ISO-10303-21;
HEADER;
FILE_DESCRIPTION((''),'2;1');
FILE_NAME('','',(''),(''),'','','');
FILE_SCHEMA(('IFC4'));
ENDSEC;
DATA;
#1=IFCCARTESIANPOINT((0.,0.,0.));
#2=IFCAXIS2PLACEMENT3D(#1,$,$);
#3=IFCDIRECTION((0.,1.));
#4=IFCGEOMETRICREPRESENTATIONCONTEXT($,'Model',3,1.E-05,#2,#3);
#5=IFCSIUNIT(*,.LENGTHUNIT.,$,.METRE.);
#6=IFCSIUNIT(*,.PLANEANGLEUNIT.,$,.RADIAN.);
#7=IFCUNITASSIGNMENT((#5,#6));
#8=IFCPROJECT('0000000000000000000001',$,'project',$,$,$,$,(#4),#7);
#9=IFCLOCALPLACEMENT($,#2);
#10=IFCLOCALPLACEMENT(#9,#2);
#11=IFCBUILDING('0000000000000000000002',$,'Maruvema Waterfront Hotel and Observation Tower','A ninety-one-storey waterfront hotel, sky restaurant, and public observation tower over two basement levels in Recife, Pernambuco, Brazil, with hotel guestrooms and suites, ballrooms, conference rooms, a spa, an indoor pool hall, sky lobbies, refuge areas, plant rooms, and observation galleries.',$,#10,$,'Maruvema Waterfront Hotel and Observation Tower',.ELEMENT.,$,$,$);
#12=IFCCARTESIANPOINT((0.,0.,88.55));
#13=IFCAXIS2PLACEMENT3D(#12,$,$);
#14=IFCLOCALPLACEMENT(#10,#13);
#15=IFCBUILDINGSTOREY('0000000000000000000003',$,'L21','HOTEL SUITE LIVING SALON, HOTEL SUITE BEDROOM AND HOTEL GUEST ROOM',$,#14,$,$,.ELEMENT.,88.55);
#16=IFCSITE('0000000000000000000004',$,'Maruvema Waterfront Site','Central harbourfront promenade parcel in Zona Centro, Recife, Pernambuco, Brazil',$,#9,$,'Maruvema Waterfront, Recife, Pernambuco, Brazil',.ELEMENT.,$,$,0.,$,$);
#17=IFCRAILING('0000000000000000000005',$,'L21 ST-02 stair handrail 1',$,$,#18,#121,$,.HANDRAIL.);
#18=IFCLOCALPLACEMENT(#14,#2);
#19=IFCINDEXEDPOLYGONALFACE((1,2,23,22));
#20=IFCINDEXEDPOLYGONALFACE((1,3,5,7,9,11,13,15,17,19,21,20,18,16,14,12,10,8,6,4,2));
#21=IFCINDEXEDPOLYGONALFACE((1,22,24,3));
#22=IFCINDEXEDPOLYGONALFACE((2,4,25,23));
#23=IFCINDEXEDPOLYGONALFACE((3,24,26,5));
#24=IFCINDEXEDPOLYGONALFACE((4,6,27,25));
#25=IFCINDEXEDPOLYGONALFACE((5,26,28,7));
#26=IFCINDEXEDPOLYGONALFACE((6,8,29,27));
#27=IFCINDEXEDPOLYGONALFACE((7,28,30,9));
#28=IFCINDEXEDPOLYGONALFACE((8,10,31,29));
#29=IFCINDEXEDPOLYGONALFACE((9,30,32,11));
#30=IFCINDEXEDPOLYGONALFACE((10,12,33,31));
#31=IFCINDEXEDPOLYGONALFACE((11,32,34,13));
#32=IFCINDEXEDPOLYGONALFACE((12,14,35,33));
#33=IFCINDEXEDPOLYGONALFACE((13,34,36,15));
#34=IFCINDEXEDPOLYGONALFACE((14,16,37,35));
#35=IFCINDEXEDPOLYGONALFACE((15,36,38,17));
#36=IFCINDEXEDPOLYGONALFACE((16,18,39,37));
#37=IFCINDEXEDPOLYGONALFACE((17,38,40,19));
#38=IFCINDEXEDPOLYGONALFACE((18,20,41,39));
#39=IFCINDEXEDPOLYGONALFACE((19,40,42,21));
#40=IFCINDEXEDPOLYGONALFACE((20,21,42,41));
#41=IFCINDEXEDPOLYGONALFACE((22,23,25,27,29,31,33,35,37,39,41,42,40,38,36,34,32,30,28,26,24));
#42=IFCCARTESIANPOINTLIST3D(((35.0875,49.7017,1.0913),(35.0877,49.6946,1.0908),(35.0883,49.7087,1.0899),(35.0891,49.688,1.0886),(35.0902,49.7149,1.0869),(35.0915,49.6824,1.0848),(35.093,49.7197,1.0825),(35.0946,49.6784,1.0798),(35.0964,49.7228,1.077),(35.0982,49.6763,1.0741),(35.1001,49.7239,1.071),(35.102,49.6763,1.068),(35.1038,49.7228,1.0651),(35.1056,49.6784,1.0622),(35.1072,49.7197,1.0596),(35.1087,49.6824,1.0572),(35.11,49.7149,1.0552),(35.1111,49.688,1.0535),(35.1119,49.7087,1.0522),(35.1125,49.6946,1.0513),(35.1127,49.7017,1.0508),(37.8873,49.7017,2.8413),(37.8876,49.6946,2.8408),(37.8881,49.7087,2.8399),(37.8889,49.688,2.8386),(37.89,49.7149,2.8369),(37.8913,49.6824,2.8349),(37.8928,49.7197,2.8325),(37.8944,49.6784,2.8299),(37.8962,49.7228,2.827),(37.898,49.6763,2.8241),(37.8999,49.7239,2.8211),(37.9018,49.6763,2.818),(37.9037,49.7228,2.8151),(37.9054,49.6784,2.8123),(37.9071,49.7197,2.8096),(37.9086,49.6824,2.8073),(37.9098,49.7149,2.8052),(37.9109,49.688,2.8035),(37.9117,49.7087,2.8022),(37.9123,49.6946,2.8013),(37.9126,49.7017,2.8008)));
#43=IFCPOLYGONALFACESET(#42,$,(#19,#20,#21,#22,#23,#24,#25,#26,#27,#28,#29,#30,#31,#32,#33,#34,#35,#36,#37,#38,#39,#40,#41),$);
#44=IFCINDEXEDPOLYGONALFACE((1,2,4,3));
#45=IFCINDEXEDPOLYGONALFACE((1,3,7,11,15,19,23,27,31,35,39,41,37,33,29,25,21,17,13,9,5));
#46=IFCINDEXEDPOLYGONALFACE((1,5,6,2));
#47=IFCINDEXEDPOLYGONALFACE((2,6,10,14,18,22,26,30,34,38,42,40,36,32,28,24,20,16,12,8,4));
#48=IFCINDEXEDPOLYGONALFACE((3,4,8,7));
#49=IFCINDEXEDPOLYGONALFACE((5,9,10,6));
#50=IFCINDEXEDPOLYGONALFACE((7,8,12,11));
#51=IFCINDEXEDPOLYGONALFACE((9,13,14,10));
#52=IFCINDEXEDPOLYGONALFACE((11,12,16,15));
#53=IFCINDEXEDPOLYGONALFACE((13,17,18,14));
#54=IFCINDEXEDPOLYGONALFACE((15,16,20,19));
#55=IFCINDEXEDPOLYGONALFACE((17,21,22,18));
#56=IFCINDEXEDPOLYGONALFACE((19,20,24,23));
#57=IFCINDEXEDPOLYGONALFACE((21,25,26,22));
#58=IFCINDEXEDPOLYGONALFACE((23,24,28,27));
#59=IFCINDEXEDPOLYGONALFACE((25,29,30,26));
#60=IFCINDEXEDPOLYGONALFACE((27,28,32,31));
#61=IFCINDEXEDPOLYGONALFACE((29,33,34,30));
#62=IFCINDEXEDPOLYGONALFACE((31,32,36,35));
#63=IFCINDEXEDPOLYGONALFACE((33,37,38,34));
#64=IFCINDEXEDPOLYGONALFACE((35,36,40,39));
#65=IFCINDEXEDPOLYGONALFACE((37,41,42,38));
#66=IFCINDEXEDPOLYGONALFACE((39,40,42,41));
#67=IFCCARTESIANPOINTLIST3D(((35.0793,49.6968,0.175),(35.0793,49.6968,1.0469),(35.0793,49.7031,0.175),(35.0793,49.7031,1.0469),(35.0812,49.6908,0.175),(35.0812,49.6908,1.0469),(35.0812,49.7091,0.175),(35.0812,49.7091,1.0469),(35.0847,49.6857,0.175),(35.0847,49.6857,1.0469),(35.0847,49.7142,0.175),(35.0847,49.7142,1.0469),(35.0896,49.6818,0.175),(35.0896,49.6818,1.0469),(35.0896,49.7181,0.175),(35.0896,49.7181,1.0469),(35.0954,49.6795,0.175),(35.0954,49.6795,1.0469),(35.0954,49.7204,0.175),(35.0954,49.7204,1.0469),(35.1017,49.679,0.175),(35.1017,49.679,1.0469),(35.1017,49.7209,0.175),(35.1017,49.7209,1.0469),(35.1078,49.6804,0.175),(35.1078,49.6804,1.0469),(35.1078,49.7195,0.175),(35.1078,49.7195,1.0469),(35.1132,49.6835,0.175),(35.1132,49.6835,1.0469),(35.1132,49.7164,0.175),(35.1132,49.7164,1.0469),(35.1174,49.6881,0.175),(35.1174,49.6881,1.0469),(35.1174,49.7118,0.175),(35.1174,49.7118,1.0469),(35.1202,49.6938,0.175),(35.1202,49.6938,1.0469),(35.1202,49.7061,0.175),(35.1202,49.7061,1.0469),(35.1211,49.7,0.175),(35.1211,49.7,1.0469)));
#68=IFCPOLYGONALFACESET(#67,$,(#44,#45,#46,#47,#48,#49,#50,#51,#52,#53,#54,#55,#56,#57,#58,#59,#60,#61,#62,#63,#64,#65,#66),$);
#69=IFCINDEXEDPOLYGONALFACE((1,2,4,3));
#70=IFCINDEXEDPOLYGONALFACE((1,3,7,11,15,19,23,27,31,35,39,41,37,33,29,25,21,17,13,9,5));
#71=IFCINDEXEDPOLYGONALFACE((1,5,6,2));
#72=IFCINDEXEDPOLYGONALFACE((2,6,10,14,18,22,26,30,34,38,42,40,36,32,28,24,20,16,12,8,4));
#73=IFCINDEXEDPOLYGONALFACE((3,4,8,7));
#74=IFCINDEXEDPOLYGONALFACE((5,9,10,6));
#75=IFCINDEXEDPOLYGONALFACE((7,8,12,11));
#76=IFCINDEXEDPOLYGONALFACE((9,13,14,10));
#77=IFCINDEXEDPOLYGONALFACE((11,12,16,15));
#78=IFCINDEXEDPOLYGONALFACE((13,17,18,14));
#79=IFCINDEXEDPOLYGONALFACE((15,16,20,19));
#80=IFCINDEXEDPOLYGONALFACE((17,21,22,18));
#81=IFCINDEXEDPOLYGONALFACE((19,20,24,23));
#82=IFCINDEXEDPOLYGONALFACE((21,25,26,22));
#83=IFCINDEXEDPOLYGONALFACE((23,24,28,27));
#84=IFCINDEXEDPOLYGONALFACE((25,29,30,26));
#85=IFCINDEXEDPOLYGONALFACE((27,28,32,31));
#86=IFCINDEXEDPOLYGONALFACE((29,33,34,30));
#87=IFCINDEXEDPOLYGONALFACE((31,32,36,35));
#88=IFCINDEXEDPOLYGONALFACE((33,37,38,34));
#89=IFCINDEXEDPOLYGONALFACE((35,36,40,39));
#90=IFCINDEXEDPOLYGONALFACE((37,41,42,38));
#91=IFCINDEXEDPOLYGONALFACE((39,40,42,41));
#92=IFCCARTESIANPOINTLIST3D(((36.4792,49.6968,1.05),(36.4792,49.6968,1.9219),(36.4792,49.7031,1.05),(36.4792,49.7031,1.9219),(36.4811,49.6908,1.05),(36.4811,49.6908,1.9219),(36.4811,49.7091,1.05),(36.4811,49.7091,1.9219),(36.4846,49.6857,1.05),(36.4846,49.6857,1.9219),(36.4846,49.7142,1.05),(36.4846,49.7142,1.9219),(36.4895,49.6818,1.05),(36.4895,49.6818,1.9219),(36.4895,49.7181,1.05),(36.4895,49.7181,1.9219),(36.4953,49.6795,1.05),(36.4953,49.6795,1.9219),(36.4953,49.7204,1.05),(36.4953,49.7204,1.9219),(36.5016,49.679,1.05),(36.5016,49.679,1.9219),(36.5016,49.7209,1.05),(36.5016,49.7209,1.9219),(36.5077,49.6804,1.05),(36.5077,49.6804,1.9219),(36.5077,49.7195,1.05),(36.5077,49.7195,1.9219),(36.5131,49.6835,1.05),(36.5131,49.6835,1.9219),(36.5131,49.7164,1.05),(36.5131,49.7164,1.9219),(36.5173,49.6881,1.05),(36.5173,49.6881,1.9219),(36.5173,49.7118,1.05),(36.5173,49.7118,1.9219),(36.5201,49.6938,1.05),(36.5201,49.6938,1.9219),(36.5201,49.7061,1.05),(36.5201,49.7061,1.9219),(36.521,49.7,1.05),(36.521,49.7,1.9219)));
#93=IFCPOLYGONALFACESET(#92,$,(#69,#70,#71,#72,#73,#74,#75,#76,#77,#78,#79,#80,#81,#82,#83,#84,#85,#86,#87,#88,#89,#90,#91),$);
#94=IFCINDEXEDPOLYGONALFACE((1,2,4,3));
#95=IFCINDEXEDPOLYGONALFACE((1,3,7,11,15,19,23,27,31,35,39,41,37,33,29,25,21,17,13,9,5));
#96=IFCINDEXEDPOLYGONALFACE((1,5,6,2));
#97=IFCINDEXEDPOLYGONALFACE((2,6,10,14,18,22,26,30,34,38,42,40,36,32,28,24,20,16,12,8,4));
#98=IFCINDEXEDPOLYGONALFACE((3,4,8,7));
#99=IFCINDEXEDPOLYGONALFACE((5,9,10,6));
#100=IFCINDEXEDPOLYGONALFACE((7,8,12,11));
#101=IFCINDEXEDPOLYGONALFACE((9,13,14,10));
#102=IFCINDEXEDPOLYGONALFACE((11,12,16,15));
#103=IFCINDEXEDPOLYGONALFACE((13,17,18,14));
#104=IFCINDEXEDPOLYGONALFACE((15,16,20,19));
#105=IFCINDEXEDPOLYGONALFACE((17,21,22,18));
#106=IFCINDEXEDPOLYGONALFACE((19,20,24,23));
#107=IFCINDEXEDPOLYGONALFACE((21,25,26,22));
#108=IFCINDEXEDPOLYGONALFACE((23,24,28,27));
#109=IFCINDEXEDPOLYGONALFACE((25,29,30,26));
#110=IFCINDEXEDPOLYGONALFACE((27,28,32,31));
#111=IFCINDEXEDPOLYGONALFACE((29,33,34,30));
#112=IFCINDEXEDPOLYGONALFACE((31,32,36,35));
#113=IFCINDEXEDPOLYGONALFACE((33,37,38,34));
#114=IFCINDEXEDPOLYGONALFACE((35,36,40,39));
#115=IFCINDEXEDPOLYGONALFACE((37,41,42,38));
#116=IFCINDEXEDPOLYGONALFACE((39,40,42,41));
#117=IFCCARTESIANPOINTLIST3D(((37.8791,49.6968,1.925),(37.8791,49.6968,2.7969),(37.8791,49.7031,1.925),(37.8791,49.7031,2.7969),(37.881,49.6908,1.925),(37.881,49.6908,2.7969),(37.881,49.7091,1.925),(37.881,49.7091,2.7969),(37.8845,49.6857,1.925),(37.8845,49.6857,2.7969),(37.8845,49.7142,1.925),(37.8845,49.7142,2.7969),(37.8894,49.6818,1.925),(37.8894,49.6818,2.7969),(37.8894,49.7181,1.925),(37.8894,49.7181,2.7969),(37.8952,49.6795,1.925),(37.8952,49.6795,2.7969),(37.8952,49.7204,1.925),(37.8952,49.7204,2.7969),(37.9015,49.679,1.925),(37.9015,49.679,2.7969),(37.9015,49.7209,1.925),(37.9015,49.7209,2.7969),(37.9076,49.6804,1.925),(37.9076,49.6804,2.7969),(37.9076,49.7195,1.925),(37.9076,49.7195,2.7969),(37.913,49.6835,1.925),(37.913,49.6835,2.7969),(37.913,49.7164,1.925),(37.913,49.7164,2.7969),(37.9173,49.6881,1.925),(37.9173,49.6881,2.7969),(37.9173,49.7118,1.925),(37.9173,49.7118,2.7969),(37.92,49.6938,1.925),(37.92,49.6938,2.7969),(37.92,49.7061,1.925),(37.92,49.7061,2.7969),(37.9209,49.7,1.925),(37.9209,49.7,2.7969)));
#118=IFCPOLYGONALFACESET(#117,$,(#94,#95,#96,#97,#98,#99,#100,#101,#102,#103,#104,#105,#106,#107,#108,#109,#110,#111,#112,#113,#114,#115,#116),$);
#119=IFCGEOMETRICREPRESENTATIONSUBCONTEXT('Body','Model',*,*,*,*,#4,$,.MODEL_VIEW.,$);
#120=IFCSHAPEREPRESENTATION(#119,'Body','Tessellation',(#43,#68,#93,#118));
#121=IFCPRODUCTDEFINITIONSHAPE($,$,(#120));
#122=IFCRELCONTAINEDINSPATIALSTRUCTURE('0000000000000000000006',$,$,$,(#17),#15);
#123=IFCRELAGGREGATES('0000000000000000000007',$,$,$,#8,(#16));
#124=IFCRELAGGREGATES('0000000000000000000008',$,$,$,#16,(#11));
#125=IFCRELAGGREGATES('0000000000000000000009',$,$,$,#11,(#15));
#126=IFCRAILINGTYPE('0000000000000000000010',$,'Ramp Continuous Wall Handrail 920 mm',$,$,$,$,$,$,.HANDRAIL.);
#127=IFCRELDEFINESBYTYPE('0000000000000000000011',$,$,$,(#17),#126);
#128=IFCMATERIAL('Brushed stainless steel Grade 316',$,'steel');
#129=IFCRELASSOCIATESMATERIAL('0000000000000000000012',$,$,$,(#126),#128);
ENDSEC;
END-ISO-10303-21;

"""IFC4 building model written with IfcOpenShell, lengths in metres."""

from ifc_helpers import new_model, si_unit, direction, frame, origin, origin_2d, place, context, subcontext, project, spatial, circle, extrude, material, type_object, element, save


model = new_model("IFC4")

# Units and contexts
model_context = context("Model", 3, precision=1e-05, world=origin(), true_north=direction((0.0, 1.0)))
body_context = subcontext(model_context, "Body", "Model", "MODEL_VIEW")
ifc_project = project(units=[si_unit("LENGTHUNIT", "METRE"), si_unit("PLANEANGLEUNIT", "RADIAN")], contexts=[model_context])

# Site, building, storey
site_placement = place(None, origin())
site = spatial("IfcSite", under=ifc_project, at=site_placement, Name="Maruvema Waterfront Site", Description="Central harbourfront promenade parcel in Zona Centro, Recife, Pernambuco, Brazil", LongName="Maruvema Waterfront, Recife, Pernambuco, Brazil", CompositionType="ELEMENT", RefElevation=0.0)
building_placement = place(site_placement, origin())
building = spatial("IfcBuilding", under=site, at=building_placement, Name="Maruvema Waterfront Hotel and Observation Tower", Description="A ninety-one-storey waterfront hotel, sky restaurant, and public observation tower over two basement levels in Recife, Pernambuco, Brazil, with hotel guestrooms and suites, ballrooms, conference rooms, a spa, an indoor pool hall, sky lobbies, refuge areas, plant rooms, and observation galleries.", LongName="Maruvema Waterfront Hotel and Observation Tower", CompositionType="ELEMENT")
storey_placement = place(building_placement, frame((0.0, 0.0, 88.55)))
storey = spatial("IfcBuildingStorey", under=building, at=storey_placement, Name="L21", Description="HOTEL SUITE LIVING SALON, HOTEL SUITE BEDROOM AND HOTEL GUEST ROOM", CompositionType="ELEMENT", Elevation=88.55)

# Railing
ifc_material_1 = material(Name="Brushed stainless steel Grade 316", Category="steel")
railing_type_1 = type_object("IfcRailingType", Name="Ramp Continuous Wall Handrail 920 mm", PredefinedType="HANDRAIL", material=ifc_material_1)
railing_1_placement = place(storey_placement, frame((35.1001, 49.7, 0.175)))
element("IfcRailing", 1, at=railing_1_placement, inside=storey, type_object=railing_type_1, Name="L21 ST-02 stair handrail 1", PredefinedType="HANDRAIL", context=body_context, shape_type="SweptSolid", body=[
    extrude(circle(Radius=0.0239, at=origin_2d()), frame((0.0, 0.0, 0.896), z_axis=(0.847982, 0.0, 0.530026), x_axis=(0.0, 1.0, 0.0)), (0.0, 0.0, 1.0), 3.3018),
    extrude(circle(Radius=0.021, at=origin_2d()), origin(), (0.0, 0.0, 1.0), 0.8718),
    extrude(circle(Radius=0.021, at=origin_2d()), frame((1.3999, 0.0, 0.875)), (0.0, 0.0, 1.0), 0.8718),
    extrude(circle(Radius=0.021, at=origin_2d()), frame((2.7998, 0.0, 1.75)), (0.0, 0.0, 1.0), 0.8718),
])

save(model, "model.ifc")
